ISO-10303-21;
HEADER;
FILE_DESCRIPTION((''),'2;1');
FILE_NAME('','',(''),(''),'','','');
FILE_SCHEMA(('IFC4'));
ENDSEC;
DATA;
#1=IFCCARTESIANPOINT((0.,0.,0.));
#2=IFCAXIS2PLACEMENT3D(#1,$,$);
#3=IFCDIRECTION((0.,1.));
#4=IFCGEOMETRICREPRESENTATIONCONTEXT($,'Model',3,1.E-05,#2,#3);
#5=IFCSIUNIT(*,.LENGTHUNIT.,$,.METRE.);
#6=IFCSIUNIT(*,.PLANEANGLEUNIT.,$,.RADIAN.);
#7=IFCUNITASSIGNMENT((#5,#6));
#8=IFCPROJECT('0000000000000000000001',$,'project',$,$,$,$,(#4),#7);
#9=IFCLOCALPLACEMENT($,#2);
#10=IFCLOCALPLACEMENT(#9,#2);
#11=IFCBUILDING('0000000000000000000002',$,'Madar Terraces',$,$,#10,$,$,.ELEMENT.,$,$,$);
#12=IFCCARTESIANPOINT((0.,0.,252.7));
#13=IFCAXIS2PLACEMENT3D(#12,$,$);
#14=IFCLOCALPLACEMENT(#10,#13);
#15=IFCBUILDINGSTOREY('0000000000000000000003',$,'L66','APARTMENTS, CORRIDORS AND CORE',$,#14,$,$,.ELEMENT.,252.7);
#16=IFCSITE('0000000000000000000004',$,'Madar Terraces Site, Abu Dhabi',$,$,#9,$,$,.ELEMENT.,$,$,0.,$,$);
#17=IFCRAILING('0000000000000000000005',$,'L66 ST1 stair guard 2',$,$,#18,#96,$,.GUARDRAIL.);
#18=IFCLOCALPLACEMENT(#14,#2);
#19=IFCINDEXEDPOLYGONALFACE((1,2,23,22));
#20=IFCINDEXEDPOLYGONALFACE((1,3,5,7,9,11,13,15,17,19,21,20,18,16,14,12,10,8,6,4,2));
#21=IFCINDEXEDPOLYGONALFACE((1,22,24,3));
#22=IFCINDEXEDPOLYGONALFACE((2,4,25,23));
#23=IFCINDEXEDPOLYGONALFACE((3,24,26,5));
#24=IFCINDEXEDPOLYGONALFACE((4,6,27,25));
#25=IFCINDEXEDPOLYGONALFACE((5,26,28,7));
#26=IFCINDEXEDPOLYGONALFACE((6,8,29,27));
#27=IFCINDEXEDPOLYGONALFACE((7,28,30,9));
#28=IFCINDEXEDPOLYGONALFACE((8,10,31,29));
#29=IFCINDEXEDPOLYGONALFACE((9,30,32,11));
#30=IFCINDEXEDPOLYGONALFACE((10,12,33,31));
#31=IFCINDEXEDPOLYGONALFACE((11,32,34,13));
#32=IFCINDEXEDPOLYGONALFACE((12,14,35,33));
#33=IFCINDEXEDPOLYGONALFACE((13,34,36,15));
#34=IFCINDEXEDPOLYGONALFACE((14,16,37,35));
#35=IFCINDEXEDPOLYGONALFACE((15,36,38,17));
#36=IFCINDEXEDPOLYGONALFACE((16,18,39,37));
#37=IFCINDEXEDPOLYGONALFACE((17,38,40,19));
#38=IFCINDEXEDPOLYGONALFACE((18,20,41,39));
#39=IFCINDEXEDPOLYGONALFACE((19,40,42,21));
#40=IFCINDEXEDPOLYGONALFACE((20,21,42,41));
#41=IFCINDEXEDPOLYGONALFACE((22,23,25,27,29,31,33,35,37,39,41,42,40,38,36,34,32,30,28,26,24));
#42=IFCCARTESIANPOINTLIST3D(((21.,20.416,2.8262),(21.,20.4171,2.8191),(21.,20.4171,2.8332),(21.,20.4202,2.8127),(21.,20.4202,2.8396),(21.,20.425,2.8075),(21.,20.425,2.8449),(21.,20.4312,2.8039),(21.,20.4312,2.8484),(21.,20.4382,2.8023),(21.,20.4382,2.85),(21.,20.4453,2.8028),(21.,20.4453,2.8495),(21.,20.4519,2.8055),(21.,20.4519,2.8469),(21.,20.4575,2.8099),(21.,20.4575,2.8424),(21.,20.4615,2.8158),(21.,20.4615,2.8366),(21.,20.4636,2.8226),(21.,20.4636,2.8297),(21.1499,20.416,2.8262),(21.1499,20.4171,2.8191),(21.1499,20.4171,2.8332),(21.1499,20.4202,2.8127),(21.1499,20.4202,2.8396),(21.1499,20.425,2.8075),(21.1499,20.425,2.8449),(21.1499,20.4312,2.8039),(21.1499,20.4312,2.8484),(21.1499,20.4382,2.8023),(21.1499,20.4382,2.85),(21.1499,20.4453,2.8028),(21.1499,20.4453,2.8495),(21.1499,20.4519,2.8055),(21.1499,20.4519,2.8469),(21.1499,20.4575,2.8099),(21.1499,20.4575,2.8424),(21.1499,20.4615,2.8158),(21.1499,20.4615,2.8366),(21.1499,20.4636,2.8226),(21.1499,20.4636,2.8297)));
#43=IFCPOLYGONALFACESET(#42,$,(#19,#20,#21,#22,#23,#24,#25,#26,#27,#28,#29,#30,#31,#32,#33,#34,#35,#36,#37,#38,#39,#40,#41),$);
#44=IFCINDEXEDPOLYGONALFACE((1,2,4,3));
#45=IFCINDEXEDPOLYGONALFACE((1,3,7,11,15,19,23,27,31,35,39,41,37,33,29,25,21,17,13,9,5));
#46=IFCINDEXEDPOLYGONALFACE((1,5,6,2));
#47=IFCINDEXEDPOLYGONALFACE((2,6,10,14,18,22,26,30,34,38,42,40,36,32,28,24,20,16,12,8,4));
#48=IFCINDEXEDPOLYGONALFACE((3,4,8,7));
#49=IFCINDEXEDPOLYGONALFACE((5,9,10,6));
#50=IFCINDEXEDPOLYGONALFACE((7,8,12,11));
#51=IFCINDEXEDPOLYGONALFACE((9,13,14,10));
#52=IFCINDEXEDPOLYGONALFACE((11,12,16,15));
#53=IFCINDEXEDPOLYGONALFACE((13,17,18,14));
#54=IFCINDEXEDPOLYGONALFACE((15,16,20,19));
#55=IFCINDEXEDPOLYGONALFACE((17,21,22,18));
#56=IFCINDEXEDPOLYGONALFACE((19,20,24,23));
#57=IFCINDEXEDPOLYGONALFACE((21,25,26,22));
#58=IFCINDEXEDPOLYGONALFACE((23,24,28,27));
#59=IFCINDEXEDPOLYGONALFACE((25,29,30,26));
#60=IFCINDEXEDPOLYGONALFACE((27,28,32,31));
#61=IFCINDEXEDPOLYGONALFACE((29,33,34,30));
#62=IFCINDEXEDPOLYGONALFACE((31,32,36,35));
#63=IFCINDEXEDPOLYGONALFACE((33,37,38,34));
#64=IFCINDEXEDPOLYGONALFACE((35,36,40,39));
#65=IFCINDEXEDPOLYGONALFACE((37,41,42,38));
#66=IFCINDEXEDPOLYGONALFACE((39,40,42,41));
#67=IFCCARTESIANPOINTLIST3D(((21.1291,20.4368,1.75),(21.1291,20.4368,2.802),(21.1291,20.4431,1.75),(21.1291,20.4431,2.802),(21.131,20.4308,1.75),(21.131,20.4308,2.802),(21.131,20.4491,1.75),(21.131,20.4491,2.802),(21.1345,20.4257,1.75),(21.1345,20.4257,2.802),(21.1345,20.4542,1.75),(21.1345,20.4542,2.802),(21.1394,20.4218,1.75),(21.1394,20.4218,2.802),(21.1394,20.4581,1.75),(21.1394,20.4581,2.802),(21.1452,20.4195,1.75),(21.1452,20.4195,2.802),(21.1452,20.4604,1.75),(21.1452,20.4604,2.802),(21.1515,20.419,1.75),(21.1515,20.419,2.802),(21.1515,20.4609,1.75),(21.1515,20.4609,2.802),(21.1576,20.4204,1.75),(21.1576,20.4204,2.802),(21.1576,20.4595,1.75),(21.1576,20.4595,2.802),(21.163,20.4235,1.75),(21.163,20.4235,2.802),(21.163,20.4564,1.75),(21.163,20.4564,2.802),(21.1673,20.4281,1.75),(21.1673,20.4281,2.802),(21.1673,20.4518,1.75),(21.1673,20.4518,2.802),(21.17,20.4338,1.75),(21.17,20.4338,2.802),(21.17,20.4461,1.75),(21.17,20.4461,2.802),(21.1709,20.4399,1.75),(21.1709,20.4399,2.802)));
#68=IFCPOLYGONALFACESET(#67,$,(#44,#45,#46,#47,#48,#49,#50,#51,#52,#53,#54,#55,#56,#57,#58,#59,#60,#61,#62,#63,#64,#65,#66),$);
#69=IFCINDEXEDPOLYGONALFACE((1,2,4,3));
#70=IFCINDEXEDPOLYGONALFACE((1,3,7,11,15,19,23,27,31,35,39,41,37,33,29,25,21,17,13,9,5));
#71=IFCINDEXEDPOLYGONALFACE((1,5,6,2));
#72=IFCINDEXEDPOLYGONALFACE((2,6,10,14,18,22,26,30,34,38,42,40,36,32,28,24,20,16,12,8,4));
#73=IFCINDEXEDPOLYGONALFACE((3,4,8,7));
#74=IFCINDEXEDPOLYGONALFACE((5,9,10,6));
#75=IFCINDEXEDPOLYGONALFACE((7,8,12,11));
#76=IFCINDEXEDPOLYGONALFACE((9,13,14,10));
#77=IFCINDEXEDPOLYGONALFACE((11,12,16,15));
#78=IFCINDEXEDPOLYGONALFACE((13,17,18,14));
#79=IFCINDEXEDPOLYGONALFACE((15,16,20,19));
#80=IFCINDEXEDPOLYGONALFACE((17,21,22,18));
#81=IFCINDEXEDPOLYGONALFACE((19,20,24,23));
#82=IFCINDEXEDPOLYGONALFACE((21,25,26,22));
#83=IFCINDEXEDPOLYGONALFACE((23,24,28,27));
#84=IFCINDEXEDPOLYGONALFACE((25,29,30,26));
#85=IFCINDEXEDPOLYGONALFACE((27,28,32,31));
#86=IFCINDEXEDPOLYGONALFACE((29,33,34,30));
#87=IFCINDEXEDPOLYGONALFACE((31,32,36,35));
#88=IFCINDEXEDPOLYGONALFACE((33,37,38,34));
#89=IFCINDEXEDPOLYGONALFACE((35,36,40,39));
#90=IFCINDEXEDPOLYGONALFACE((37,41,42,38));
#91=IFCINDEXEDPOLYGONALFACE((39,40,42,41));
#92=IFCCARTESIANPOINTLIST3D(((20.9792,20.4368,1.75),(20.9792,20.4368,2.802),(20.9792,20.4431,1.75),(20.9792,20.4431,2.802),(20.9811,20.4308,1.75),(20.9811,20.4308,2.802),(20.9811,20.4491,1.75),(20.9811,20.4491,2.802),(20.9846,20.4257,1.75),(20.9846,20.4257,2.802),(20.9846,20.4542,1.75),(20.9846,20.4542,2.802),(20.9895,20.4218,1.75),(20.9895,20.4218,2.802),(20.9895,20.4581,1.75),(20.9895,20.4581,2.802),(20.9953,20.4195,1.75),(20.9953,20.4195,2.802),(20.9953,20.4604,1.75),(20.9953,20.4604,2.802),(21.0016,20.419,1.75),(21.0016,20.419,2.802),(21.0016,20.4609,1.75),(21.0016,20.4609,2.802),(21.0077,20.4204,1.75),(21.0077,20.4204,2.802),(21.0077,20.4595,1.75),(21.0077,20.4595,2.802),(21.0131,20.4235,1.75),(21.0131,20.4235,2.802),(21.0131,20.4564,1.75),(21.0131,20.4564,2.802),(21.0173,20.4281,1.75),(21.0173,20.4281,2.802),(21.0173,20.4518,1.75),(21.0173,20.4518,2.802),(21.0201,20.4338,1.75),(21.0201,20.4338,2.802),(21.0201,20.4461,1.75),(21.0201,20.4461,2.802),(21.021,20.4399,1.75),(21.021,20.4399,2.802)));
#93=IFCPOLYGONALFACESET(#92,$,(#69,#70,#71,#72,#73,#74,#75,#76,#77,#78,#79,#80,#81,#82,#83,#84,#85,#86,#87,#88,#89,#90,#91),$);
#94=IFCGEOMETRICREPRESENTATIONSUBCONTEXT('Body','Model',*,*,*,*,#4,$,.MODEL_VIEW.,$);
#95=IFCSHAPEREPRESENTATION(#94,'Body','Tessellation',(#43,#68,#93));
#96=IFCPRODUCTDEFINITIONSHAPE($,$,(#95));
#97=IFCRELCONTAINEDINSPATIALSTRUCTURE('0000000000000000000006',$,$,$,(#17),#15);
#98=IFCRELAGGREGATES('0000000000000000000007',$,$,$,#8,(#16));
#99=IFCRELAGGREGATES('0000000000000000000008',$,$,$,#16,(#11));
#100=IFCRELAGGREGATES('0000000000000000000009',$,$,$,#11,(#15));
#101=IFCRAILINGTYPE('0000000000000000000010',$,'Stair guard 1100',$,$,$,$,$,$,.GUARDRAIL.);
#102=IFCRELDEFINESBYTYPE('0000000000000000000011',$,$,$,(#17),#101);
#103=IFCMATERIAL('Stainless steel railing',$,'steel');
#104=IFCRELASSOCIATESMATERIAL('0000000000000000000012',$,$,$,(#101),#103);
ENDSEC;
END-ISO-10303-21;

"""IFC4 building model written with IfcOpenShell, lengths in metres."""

from ifc_helpers import new_model, si_unit, direction, frame, origin, origin_2d, place, context, subcontext, project, spatial, circle, extrude, material, type_object, element, save


model = new_model("IFC4")

# Units and contexts
model_context = context("Model", 3, precision=1e-05, world=origin(), true_north=direction((0.0, 1.0)))
body_context = subcontext(model_context, "Body", "Model", "MODEL_VIEW")
ifc_project = project(units=[si_unit("LENGTHUNIT", "METRE"), si_unit("PLANEANGLEUNIT", "RADIAN")], contexts=[model_context])

# Site, building, storey
site_placement = place(None, origin())
site = spatial("IfcSite", under=ifc_project, at=site_placement, Name="Madar Terraces Site, Abu Dhabi", CompositionType="ELEMENT", RefElevation=0.0)
building_placement = place(site_placement, origin())
building = spatial("IfcBuilding", under=site, at=building_placement, Name="Madar Terraces", CompositionType="ELEMENT")
storey_placement = place(building_placement, frame((0.0, 0.0, 252.7)))
storey = spatial("IfcBuildingStorey", under=building, at=storey_placement, Name="L66", Description="APARTMENTS, CORRIDORS AND CORE", CompositionType="ELEMENT", Elevation=252.7)

# Railing
ifc_material_1 = material(Name="Stainless steel railing", Category="steel")
railing_type_1 = type_object("IfcRailingType", Name="Stair guard 1100", PredefinedType="GUARDRAIL", material=ifc_material_1)
railing_1_placement = place(storey_placement, frame((21.1499, 20.4399, 1.75)))
element("IfcRailing", 1, at=railing_1_placement, inside=storey, type_object=railing_type_1, Name="L66 ST1 stair guard 2", PredefinedType="GUARDRAIL", context=body_context, shape_type="SweptSolid", body=[
    extrude(circle(Radius=0.0239, at=origin_2d()), frame((0.0, 0.0, 1.0762), z_axis=(-1.0, 0.0, 0.0), x_axis=(0.0, -1.0, 0.0)), (0.0, 0.0, 1.0), 0.1499),
    extrude(circle(Radius=0.021, at=origin_2d()), origin(), (0.0, 0.0, 1.0), 1.052),
    extrude(circle(Radius=0.021, at=origin_2d()), frame((-0.1499, 0.0, 0.0)), (0.0, 0.0, 1.0), 1.052),
])

save(model, "model.ifc")
